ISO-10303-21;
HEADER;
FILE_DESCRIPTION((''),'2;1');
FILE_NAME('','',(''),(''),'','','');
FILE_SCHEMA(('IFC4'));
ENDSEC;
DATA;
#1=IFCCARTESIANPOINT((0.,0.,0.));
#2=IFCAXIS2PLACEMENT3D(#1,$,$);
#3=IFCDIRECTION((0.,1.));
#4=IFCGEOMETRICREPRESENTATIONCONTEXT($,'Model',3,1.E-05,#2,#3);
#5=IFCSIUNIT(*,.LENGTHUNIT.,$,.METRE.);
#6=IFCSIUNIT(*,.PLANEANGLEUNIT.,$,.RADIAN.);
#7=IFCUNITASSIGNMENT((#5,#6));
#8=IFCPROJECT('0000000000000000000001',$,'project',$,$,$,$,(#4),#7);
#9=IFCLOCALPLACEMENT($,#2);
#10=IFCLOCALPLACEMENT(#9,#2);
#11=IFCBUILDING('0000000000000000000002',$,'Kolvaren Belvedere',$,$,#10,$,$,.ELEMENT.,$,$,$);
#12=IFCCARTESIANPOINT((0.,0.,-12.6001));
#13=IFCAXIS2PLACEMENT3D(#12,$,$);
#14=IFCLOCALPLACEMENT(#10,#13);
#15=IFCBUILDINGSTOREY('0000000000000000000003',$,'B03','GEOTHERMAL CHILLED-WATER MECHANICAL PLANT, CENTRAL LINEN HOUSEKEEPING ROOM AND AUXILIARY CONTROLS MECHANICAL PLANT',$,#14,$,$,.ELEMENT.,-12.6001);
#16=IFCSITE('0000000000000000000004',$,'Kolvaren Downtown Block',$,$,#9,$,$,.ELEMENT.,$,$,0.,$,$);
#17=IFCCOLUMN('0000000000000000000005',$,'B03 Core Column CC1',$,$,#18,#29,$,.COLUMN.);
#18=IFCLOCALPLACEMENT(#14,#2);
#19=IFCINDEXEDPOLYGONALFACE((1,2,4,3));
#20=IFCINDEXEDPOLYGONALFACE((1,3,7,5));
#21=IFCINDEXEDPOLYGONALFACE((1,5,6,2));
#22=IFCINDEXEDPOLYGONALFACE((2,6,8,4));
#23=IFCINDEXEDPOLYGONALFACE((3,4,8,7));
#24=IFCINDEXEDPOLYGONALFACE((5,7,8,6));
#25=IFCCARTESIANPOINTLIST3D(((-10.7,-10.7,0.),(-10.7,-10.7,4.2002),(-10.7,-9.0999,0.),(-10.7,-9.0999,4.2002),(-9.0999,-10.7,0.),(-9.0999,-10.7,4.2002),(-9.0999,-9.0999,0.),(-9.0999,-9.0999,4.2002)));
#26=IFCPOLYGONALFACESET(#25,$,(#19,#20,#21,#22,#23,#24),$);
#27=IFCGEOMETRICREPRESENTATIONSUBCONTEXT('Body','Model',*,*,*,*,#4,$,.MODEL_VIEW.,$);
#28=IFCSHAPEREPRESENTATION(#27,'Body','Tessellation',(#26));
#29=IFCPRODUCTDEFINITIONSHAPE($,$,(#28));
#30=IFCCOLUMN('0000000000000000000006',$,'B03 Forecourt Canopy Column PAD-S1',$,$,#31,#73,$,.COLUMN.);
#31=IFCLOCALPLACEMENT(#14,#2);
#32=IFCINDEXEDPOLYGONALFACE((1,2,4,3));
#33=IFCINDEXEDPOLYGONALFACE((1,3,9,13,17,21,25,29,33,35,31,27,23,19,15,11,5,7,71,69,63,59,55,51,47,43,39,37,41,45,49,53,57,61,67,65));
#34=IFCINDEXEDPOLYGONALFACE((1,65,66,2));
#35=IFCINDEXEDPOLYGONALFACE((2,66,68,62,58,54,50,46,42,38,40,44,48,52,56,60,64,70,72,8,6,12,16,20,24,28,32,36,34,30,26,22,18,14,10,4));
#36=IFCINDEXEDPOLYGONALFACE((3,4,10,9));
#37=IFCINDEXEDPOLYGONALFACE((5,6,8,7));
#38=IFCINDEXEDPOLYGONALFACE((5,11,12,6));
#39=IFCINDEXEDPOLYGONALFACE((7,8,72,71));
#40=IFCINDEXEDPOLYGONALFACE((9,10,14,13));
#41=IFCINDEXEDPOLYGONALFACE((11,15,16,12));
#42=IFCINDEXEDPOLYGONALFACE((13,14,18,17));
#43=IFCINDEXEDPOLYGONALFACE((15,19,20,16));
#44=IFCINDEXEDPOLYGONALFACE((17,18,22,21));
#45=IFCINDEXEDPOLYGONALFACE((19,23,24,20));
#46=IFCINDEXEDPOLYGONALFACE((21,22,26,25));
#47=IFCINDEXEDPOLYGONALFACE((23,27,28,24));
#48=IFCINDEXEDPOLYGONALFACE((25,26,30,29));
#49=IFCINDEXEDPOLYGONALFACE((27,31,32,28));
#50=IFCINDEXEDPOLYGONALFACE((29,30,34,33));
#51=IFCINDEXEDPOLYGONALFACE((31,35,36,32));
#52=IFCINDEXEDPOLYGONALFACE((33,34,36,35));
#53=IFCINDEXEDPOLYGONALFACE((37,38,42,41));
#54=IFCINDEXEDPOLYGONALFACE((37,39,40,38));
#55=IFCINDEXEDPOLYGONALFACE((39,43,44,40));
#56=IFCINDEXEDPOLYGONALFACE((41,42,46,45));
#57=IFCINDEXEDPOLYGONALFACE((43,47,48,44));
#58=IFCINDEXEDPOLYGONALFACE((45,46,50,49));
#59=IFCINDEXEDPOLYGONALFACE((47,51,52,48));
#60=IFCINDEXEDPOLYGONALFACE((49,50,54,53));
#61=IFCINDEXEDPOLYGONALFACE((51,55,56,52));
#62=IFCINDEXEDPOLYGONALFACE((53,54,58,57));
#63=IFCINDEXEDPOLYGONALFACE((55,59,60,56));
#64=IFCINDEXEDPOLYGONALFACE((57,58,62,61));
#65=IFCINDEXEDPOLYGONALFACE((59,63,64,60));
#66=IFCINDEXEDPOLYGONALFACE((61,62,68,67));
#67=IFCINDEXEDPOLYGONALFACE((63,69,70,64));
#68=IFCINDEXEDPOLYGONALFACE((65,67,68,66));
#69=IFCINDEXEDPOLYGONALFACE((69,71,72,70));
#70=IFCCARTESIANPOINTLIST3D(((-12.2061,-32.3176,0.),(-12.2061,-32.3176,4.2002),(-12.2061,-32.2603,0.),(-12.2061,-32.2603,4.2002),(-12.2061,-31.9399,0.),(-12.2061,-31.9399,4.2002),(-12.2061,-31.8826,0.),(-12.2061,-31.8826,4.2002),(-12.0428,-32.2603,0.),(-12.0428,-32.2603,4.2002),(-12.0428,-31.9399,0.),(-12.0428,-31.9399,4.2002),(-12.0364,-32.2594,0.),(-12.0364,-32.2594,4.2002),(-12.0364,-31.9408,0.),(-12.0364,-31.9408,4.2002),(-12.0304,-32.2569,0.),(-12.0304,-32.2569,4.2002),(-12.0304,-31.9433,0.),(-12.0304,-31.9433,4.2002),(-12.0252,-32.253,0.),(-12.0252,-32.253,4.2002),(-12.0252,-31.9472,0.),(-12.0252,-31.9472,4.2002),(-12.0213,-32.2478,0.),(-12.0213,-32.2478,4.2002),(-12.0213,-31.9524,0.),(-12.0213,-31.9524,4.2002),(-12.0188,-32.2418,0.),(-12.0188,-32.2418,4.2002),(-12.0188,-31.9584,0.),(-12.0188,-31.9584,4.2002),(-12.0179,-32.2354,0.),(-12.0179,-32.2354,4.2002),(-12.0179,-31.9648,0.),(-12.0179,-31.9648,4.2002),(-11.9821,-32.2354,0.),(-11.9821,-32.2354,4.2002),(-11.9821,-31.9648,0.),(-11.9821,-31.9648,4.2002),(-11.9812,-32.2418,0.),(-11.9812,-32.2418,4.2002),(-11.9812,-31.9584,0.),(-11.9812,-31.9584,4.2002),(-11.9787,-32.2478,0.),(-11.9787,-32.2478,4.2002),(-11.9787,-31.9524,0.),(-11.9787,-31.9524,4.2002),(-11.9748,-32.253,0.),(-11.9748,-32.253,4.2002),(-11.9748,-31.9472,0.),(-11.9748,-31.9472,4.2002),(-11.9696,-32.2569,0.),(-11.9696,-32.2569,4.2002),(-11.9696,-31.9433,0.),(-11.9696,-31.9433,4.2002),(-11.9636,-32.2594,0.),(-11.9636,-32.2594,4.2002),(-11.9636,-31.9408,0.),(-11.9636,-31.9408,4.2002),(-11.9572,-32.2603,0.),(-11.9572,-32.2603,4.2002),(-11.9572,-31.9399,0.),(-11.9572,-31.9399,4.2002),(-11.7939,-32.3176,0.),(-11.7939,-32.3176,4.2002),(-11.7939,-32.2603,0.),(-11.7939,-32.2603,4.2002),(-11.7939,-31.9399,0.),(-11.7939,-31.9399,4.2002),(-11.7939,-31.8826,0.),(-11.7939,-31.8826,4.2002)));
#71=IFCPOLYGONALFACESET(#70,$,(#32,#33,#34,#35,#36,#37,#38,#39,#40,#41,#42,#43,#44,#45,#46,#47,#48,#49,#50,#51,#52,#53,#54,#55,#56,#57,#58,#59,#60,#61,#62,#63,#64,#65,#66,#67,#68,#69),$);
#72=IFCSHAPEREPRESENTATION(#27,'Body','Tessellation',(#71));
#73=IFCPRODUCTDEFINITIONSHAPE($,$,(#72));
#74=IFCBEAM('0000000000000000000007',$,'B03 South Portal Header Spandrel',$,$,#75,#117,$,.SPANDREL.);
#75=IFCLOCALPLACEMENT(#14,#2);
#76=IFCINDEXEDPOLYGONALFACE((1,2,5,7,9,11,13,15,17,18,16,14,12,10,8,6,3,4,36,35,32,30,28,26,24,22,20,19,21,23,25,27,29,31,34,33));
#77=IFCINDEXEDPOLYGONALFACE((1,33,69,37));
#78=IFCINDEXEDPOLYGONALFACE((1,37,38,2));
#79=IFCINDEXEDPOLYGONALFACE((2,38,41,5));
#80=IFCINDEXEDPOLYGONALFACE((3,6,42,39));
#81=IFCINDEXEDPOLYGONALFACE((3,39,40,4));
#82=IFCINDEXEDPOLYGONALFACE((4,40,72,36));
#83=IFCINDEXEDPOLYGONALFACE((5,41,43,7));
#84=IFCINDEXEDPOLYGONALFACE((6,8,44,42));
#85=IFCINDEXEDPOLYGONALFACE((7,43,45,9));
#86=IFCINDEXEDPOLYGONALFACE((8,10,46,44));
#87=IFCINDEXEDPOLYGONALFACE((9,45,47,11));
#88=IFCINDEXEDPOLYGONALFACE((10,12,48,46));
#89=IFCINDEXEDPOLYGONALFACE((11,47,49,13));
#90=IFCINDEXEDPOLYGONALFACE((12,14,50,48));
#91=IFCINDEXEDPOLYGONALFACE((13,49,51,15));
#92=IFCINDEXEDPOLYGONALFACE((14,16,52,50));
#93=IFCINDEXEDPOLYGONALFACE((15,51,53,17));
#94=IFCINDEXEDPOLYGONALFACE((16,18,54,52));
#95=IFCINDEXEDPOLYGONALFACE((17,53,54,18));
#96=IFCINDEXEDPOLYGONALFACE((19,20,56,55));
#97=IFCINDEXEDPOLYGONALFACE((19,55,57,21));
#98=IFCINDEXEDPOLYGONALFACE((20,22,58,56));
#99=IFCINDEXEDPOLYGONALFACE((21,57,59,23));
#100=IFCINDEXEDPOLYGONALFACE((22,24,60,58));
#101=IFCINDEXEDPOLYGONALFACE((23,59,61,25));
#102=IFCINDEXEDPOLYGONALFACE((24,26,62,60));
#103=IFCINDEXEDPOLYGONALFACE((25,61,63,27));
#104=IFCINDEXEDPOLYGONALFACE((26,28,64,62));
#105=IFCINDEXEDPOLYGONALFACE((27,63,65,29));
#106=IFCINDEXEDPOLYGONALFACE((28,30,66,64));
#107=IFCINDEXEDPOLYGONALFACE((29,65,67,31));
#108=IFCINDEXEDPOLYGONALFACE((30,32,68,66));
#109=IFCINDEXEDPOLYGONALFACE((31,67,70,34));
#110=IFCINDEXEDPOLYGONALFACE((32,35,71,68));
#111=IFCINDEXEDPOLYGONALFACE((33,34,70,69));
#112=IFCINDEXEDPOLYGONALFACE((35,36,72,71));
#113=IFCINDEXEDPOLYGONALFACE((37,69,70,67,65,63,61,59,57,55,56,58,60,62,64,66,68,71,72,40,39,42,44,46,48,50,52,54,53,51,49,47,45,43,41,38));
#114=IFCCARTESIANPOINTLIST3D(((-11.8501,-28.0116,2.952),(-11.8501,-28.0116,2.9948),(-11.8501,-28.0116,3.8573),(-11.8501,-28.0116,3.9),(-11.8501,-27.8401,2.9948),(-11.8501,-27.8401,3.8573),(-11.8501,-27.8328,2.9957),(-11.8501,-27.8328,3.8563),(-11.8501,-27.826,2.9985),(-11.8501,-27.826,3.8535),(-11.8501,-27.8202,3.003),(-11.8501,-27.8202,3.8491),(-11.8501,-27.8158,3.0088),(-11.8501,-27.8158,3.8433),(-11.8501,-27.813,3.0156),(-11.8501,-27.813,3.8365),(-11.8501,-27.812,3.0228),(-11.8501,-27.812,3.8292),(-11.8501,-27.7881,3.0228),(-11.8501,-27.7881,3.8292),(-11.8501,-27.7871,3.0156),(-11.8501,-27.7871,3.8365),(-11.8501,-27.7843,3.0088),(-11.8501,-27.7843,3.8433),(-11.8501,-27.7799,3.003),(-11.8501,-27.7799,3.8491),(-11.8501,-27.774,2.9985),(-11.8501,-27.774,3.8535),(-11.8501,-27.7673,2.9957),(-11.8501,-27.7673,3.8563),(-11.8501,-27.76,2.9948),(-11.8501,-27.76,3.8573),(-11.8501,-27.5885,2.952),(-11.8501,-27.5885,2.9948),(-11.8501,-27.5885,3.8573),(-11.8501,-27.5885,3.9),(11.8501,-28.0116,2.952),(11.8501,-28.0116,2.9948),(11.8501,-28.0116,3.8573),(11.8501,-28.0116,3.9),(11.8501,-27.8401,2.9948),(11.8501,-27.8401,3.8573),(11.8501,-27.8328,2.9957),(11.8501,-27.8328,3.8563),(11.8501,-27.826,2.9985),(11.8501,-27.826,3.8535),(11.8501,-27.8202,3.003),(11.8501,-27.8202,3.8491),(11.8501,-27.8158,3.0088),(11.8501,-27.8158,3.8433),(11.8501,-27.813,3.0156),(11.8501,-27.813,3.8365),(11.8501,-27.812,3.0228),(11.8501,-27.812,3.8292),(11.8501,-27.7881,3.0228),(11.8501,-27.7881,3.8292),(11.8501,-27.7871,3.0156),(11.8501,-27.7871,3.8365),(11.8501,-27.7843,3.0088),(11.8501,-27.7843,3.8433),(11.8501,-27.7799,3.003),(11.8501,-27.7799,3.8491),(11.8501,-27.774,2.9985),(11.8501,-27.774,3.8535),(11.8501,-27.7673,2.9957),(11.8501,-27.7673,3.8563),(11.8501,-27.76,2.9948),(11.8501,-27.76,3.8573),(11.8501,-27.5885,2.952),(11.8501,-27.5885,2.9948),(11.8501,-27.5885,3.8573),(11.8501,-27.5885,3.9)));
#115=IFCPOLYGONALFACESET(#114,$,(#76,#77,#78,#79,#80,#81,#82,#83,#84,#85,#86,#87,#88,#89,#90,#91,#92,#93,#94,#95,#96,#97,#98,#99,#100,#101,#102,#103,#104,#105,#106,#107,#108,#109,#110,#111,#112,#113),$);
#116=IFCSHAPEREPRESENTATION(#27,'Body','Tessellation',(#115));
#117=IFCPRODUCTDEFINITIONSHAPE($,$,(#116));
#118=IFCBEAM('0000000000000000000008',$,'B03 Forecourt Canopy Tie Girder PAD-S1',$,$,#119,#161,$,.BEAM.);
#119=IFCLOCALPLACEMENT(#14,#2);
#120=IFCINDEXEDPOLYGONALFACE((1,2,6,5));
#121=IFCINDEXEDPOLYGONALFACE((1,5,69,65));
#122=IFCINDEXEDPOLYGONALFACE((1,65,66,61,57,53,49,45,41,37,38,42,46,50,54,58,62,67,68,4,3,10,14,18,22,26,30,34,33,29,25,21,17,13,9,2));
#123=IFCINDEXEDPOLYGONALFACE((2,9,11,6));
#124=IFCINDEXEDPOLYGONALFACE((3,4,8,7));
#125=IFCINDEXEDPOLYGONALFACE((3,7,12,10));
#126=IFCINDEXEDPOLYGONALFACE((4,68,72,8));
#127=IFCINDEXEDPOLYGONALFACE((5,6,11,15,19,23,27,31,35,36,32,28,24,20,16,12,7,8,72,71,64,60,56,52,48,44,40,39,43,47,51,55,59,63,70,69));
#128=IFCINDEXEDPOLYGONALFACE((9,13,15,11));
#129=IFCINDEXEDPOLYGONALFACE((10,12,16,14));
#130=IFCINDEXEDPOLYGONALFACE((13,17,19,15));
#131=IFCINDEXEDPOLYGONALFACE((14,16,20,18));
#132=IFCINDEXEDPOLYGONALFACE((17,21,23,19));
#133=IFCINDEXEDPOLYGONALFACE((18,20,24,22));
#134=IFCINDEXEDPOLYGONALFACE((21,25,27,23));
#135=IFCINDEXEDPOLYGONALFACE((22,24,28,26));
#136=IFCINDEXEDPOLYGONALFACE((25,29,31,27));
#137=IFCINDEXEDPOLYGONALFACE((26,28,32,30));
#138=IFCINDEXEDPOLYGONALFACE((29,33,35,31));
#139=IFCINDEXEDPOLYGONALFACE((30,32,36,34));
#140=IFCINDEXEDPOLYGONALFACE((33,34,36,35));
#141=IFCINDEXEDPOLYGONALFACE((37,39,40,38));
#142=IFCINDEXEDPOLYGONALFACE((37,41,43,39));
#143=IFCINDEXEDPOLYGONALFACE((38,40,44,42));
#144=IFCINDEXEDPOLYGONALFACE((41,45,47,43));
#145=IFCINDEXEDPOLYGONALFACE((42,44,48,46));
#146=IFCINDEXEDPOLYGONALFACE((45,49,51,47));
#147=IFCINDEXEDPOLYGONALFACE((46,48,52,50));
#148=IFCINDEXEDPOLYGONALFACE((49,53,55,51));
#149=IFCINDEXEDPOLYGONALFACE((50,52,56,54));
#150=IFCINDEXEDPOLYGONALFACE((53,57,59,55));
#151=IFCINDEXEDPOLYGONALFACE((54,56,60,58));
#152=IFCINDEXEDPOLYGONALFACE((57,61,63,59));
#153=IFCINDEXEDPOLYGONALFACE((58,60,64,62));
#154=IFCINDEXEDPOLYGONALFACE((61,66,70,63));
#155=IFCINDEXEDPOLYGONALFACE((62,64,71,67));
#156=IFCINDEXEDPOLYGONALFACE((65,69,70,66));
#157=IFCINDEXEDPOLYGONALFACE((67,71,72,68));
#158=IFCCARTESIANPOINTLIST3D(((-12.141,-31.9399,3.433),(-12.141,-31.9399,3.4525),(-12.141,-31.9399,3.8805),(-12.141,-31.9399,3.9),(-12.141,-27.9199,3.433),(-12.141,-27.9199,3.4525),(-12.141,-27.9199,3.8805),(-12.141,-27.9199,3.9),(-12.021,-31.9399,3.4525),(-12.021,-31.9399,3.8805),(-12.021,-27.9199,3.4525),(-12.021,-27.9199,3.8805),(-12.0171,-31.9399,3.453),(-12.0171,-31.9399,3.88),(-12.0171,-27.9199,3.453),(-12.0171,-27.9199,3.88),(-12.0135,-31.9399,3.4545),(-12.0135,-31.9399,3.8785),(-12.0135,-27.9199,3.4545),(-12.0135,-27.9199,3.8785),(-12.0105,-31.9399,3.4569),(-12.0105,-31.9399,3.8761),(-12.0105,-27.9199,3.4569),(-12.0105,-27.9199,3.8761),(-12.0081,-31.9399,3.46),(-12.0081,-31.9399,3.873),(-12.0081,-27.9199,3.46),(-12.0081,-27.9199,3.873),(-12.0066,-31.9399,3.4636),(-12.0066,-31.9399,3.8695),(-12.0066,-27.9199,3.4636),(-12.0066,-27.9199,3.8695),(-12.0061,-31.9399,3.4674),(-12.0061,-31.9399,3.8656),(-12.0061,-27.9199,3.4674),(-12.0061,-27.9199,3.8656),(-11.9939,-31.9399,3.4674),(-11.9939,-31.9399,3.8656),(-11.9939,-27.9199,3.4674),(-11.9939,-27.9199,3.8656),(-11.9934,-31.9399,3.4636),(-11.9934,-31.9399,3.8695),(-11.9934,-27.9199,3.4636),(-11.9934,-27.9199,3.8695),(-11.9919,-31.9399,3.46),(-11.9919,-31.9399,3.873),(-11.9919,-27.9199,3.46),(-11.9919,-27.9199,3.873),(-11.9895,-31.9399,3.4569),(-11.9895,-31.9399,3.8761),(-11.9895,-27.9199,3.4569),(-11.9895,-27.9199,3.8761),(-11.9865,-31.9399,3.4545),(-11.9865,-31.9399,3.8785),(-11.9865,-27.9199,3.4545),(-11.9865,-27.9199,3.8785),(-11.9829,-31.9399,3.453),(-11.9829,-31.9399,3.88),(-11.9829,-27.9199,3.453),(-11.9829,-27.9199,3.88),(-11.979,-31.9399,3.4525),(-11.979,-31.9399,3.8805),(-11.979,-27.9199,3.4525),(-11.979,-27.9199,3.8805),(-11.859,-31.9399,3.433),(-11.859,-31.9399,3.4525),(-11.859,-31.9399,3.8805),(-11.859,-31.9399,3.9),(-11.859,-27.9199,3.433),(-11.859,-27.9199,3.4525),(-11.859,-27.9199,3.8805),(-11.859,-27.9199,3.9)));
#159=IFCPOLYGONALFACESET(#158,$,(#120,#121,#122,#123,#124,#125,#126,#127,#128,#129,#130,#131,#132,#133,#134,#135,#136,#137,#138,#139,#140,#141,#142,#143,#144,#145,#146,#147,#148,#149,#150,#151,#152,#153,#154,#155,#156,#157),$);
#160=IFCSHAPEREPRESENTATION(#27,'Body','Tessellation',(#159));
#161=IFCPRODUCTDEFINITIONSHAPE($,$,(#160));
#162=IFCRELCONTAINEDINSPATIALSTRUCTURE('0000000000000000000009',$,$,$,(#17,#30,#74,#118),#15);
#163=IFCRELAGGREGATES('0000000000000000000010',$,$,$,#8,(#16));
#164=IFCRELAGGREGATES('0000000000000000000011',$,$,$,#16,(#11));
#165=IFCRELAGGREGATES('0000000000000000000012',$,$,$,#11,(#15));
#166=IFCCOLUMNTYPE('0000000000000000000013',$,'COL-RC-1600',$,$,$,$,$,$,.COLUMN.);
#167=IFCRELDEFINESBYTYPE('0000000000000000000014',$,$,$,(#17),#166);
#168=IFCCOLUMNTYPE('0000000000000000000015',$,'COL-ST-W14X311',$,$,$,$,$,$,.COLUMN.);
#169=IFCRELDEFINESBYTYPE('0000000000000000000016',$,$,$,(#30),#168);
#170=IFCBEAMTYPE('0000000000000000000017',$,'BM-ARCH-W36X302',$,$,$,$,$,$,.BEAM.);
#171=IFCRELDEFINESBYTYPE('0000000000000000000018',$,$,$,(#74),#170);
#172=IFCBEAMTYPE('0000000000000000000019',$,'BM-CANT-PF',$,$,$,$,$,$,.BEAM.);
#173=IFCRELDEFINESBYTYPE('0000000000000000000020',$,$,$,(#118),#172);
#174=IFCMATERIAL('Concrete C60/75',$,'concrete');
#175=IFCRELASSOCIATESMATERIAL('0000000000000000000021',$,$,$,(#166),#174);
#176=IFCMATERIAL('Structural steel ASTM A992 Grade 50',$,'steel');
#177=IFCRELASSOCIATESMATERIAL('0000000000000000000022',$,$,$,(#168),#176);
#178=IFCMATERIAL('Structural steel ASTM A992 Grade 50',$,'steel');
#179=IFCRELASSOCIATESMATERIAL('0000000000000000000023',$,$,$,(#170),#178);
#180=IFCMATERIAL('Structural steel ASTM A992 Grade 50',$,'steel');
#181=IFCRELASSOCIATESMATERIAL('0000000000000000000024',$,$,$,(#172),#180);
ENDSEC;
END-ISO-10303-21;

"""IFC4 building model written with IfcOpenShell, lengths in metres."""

from ifc_helpers import new_model, si_unit, direction, frame, origin, origin_2d, place, context, subcontext, project, spatial, rectangle, i_section, extrude, material, material_profile, profile_set, type_object, element, save


model = new_model("IFC4")

# Units and contexts
model_context = context("Model", 3, precision=1e-05, world=origin(), true_north=direction((0.0, 1.0)))
body_context = subcontext(model_context, "Body", "Model", "MODEL_VIEW")
ifc_project = project(units=[si_unit("LENGTHUNIT", "METRE"), si_unit("PLANEANGLEUNIT", "RADIAN")], contexts=[model_context])

# Site, building, storey
site_placement = place(None, origin())
site = spatial("IfcSite", under=ifc_project, at=site_placement, Name="Kolvaren Downtown Block", CompositionType="ELEMENT", RefElevation=0.0)
building_placement = place(site_placement, origin())
building = spatial("IfcBuilding", under=site, at=building_placement, Name="Kolvaren Belvedere", CompositionType="ELEMENT")
storey_placement = place(building_placement, frame((0.0, 0.0, -12.6001)))
storey = spatial("IfcBuildingStorey", under=building, at=storey_placement, Name="B03", Description="GEOTHERMAL CHILLED-WATER MECHANICAL PLANT, CENTRAL LINEN HOUSEKEEPING ROOM AND AUXILIARY CONTROLS MECHANICAL PLANT", CompositionType="ELEMENT", Elevation=-12.6001)

# Columns
ifc_material_1 = material(Name="Concrete C60/75", Category="concrete")
ifc_material_profile_1 = material_profile(ifc_material_1, rectangle(XDim=1.6001, YDim=1.6001, at=origin_2d()), Name="RC 1600X1600")
ifc_profile_set_1 = profile_set([ifc_material_profile_1], Name="Concrete C60/75")
column_type_1 = type_object("IfcColumnType", Name="COL-RC-1600", PredefinedType="COLUMN", material=ifc_profile_set_1)
column_1_placement = place(storey_placement, frame((-9.8999, -9.8999, 0.0), z_axis=(0.0, 0.0, 1.0), x_axis=(1.0, 0.0, 0.0)))
element("IfcColumn", 1, at=column_1_placement, inside=storey, type_object=column_type_1, Name="B03 Core Column CC1", PredefinedType="COLUMN", context=body_context, shape_type="SweptSolid", body=[
    extrude(rectangle(XDim=1.6001, YDim=1.6001, at=origin_2d()), origin(), (0.0, 0.0, 1.0), 4.2002),
])
ifc_material_2 = material(Name="Structural steel ASTM A992 Grade 50", Category="steel")
ifc_material_profile_2 = material_profile(ifc_material_2, i_section(OverallWidth=0.4121, OverallDepth=0.4351, WebThickness=0.0359, FlangeThickness=0.0574, FilletRadius=0.0249, at=origin_2d()), Name="W14X311")
ifc_profile_set_2 = profile_set([ifc_material_profile_2], Name="Structural steel ASTM A992 Grade 50")
column_type_2 = type_object("IfcColumnType", Name="COL-ST-W14X311", PredefinedType="COLUMN", material=ifc_profile_set_2)
column_2_placement = place(storey_placement, frame((-12.0, -32.1001, 0.0), z_axis=(0.0, 0.0, 1.0), x_axis=(1.0, 0.0, 0.0)))
element("IfcColumn", 2, at=column_2_placement, inside=storey, type_object=column_type_2, Name="B03 Forecourt Canopy Column PAD-S1", PredefinedType="COLUMN", context=body_context, shape_type="SweptSolid", body=[
    extrude(i_section(OverallWidth=0.4121, OverallDepth=0.4351, WebThickness=0.0359, FlangeThickness=0.0574, FilletRadius=0.0249, at=origin_2d()), origin(), (0.0, 0.0, 1.0), 4.2002),
])

# Beams
ifc_material_3 = material(Name="Structural steel ASTM A992 Grade 50", Category="steel")
ifc_material_profile_3 = material_profile(ifc_material_3, i_section(OverallWidth=0.4231, OverallDepth=0.948, WebThickness=0.0239, FlangeThickness=0.0427, FilletRadius=0.0281, at=origin_2d()), Name="W36X302")
ifc_profile_set_3 = profile_set([ifc_material_profile_3], Name="Structural steel ASTM A992 Grade 50")
beam_type_1 = type_object("IfcBeamType", Name="BM-ARCH-W36X302", PredefinedType="BEAM", material=ifc_profile_set_3)
beam_1_placement = place(storey_placement, frame((-11.8501, -27.8, 3.426), z_axis=(1.0, 0.0, 0.0), x_axis=(0.0, 1.0, 0.0)))
element("IfcBeam", 3, at=beam_1_placement, inside=storey, type_object=beam_type_1, Name="B03 South Portal Header Spandrel", PredefinedType="SPANDREL", context=body_context, shape_type="SweptSolid", body=[
    extrude(i_section(OverallWidth=0.4231, OverallDepth=0.948, WebThickness=0.0239, FlangeThickness=0.0427, FilletRadius=0.0281, at=origin_2d()), origin(), (0.0, 0.0, 1.0), 23.7002),
])
ifc_material_4 = material(Name="Structural steel ASTM A992 Grade 50", Category="steel")
ifc_material_profile_4 = material_profile(ifc_material_4, i_section(OverallWidth=0.282, OverallDepth=0.467, WebThickness=0.0122, FlangeThickness=0.0195, FilletRadius=0.0149, at=origin_2d()), Name="W18X86")
ifc_profile_set_4 = profile_set([ifc_material_profile_4], Name="Structural steel ASTM A992 Grade 50")
beam_type_2 = type_object("IfcBeamType", Name="BM-CANT-PF", PredefinedType="BEAM", material=ifc_profile_set_4)
beam_2_placement = place(storey_placement, frame((-12.0, -31.9399, 3.6665), z_axis=(0.0, 1.0, 0.0), x_axis=(-1.0, 0.0, 0.0)))
element("IfcBeam", 4, at=beam_2_placement, inside=storey, type_object=beam_type_2, Name="B03 Forecourt Canopy Tie Girder PAD-S1", PredefinedType="BEAM", context=body_context, shape_type="SweptSolid", body=[
    extrude(i_section(OverallWidth=0.282, OverallDepth=0.467, WebThickness=0.0122, FlangeThickness=0.0195, FilletRadius=0.0149, at=origin_2d()), origin(), (0.0, 0.0, 1.0), 4.02),
])

save(model, "model.ifc")
